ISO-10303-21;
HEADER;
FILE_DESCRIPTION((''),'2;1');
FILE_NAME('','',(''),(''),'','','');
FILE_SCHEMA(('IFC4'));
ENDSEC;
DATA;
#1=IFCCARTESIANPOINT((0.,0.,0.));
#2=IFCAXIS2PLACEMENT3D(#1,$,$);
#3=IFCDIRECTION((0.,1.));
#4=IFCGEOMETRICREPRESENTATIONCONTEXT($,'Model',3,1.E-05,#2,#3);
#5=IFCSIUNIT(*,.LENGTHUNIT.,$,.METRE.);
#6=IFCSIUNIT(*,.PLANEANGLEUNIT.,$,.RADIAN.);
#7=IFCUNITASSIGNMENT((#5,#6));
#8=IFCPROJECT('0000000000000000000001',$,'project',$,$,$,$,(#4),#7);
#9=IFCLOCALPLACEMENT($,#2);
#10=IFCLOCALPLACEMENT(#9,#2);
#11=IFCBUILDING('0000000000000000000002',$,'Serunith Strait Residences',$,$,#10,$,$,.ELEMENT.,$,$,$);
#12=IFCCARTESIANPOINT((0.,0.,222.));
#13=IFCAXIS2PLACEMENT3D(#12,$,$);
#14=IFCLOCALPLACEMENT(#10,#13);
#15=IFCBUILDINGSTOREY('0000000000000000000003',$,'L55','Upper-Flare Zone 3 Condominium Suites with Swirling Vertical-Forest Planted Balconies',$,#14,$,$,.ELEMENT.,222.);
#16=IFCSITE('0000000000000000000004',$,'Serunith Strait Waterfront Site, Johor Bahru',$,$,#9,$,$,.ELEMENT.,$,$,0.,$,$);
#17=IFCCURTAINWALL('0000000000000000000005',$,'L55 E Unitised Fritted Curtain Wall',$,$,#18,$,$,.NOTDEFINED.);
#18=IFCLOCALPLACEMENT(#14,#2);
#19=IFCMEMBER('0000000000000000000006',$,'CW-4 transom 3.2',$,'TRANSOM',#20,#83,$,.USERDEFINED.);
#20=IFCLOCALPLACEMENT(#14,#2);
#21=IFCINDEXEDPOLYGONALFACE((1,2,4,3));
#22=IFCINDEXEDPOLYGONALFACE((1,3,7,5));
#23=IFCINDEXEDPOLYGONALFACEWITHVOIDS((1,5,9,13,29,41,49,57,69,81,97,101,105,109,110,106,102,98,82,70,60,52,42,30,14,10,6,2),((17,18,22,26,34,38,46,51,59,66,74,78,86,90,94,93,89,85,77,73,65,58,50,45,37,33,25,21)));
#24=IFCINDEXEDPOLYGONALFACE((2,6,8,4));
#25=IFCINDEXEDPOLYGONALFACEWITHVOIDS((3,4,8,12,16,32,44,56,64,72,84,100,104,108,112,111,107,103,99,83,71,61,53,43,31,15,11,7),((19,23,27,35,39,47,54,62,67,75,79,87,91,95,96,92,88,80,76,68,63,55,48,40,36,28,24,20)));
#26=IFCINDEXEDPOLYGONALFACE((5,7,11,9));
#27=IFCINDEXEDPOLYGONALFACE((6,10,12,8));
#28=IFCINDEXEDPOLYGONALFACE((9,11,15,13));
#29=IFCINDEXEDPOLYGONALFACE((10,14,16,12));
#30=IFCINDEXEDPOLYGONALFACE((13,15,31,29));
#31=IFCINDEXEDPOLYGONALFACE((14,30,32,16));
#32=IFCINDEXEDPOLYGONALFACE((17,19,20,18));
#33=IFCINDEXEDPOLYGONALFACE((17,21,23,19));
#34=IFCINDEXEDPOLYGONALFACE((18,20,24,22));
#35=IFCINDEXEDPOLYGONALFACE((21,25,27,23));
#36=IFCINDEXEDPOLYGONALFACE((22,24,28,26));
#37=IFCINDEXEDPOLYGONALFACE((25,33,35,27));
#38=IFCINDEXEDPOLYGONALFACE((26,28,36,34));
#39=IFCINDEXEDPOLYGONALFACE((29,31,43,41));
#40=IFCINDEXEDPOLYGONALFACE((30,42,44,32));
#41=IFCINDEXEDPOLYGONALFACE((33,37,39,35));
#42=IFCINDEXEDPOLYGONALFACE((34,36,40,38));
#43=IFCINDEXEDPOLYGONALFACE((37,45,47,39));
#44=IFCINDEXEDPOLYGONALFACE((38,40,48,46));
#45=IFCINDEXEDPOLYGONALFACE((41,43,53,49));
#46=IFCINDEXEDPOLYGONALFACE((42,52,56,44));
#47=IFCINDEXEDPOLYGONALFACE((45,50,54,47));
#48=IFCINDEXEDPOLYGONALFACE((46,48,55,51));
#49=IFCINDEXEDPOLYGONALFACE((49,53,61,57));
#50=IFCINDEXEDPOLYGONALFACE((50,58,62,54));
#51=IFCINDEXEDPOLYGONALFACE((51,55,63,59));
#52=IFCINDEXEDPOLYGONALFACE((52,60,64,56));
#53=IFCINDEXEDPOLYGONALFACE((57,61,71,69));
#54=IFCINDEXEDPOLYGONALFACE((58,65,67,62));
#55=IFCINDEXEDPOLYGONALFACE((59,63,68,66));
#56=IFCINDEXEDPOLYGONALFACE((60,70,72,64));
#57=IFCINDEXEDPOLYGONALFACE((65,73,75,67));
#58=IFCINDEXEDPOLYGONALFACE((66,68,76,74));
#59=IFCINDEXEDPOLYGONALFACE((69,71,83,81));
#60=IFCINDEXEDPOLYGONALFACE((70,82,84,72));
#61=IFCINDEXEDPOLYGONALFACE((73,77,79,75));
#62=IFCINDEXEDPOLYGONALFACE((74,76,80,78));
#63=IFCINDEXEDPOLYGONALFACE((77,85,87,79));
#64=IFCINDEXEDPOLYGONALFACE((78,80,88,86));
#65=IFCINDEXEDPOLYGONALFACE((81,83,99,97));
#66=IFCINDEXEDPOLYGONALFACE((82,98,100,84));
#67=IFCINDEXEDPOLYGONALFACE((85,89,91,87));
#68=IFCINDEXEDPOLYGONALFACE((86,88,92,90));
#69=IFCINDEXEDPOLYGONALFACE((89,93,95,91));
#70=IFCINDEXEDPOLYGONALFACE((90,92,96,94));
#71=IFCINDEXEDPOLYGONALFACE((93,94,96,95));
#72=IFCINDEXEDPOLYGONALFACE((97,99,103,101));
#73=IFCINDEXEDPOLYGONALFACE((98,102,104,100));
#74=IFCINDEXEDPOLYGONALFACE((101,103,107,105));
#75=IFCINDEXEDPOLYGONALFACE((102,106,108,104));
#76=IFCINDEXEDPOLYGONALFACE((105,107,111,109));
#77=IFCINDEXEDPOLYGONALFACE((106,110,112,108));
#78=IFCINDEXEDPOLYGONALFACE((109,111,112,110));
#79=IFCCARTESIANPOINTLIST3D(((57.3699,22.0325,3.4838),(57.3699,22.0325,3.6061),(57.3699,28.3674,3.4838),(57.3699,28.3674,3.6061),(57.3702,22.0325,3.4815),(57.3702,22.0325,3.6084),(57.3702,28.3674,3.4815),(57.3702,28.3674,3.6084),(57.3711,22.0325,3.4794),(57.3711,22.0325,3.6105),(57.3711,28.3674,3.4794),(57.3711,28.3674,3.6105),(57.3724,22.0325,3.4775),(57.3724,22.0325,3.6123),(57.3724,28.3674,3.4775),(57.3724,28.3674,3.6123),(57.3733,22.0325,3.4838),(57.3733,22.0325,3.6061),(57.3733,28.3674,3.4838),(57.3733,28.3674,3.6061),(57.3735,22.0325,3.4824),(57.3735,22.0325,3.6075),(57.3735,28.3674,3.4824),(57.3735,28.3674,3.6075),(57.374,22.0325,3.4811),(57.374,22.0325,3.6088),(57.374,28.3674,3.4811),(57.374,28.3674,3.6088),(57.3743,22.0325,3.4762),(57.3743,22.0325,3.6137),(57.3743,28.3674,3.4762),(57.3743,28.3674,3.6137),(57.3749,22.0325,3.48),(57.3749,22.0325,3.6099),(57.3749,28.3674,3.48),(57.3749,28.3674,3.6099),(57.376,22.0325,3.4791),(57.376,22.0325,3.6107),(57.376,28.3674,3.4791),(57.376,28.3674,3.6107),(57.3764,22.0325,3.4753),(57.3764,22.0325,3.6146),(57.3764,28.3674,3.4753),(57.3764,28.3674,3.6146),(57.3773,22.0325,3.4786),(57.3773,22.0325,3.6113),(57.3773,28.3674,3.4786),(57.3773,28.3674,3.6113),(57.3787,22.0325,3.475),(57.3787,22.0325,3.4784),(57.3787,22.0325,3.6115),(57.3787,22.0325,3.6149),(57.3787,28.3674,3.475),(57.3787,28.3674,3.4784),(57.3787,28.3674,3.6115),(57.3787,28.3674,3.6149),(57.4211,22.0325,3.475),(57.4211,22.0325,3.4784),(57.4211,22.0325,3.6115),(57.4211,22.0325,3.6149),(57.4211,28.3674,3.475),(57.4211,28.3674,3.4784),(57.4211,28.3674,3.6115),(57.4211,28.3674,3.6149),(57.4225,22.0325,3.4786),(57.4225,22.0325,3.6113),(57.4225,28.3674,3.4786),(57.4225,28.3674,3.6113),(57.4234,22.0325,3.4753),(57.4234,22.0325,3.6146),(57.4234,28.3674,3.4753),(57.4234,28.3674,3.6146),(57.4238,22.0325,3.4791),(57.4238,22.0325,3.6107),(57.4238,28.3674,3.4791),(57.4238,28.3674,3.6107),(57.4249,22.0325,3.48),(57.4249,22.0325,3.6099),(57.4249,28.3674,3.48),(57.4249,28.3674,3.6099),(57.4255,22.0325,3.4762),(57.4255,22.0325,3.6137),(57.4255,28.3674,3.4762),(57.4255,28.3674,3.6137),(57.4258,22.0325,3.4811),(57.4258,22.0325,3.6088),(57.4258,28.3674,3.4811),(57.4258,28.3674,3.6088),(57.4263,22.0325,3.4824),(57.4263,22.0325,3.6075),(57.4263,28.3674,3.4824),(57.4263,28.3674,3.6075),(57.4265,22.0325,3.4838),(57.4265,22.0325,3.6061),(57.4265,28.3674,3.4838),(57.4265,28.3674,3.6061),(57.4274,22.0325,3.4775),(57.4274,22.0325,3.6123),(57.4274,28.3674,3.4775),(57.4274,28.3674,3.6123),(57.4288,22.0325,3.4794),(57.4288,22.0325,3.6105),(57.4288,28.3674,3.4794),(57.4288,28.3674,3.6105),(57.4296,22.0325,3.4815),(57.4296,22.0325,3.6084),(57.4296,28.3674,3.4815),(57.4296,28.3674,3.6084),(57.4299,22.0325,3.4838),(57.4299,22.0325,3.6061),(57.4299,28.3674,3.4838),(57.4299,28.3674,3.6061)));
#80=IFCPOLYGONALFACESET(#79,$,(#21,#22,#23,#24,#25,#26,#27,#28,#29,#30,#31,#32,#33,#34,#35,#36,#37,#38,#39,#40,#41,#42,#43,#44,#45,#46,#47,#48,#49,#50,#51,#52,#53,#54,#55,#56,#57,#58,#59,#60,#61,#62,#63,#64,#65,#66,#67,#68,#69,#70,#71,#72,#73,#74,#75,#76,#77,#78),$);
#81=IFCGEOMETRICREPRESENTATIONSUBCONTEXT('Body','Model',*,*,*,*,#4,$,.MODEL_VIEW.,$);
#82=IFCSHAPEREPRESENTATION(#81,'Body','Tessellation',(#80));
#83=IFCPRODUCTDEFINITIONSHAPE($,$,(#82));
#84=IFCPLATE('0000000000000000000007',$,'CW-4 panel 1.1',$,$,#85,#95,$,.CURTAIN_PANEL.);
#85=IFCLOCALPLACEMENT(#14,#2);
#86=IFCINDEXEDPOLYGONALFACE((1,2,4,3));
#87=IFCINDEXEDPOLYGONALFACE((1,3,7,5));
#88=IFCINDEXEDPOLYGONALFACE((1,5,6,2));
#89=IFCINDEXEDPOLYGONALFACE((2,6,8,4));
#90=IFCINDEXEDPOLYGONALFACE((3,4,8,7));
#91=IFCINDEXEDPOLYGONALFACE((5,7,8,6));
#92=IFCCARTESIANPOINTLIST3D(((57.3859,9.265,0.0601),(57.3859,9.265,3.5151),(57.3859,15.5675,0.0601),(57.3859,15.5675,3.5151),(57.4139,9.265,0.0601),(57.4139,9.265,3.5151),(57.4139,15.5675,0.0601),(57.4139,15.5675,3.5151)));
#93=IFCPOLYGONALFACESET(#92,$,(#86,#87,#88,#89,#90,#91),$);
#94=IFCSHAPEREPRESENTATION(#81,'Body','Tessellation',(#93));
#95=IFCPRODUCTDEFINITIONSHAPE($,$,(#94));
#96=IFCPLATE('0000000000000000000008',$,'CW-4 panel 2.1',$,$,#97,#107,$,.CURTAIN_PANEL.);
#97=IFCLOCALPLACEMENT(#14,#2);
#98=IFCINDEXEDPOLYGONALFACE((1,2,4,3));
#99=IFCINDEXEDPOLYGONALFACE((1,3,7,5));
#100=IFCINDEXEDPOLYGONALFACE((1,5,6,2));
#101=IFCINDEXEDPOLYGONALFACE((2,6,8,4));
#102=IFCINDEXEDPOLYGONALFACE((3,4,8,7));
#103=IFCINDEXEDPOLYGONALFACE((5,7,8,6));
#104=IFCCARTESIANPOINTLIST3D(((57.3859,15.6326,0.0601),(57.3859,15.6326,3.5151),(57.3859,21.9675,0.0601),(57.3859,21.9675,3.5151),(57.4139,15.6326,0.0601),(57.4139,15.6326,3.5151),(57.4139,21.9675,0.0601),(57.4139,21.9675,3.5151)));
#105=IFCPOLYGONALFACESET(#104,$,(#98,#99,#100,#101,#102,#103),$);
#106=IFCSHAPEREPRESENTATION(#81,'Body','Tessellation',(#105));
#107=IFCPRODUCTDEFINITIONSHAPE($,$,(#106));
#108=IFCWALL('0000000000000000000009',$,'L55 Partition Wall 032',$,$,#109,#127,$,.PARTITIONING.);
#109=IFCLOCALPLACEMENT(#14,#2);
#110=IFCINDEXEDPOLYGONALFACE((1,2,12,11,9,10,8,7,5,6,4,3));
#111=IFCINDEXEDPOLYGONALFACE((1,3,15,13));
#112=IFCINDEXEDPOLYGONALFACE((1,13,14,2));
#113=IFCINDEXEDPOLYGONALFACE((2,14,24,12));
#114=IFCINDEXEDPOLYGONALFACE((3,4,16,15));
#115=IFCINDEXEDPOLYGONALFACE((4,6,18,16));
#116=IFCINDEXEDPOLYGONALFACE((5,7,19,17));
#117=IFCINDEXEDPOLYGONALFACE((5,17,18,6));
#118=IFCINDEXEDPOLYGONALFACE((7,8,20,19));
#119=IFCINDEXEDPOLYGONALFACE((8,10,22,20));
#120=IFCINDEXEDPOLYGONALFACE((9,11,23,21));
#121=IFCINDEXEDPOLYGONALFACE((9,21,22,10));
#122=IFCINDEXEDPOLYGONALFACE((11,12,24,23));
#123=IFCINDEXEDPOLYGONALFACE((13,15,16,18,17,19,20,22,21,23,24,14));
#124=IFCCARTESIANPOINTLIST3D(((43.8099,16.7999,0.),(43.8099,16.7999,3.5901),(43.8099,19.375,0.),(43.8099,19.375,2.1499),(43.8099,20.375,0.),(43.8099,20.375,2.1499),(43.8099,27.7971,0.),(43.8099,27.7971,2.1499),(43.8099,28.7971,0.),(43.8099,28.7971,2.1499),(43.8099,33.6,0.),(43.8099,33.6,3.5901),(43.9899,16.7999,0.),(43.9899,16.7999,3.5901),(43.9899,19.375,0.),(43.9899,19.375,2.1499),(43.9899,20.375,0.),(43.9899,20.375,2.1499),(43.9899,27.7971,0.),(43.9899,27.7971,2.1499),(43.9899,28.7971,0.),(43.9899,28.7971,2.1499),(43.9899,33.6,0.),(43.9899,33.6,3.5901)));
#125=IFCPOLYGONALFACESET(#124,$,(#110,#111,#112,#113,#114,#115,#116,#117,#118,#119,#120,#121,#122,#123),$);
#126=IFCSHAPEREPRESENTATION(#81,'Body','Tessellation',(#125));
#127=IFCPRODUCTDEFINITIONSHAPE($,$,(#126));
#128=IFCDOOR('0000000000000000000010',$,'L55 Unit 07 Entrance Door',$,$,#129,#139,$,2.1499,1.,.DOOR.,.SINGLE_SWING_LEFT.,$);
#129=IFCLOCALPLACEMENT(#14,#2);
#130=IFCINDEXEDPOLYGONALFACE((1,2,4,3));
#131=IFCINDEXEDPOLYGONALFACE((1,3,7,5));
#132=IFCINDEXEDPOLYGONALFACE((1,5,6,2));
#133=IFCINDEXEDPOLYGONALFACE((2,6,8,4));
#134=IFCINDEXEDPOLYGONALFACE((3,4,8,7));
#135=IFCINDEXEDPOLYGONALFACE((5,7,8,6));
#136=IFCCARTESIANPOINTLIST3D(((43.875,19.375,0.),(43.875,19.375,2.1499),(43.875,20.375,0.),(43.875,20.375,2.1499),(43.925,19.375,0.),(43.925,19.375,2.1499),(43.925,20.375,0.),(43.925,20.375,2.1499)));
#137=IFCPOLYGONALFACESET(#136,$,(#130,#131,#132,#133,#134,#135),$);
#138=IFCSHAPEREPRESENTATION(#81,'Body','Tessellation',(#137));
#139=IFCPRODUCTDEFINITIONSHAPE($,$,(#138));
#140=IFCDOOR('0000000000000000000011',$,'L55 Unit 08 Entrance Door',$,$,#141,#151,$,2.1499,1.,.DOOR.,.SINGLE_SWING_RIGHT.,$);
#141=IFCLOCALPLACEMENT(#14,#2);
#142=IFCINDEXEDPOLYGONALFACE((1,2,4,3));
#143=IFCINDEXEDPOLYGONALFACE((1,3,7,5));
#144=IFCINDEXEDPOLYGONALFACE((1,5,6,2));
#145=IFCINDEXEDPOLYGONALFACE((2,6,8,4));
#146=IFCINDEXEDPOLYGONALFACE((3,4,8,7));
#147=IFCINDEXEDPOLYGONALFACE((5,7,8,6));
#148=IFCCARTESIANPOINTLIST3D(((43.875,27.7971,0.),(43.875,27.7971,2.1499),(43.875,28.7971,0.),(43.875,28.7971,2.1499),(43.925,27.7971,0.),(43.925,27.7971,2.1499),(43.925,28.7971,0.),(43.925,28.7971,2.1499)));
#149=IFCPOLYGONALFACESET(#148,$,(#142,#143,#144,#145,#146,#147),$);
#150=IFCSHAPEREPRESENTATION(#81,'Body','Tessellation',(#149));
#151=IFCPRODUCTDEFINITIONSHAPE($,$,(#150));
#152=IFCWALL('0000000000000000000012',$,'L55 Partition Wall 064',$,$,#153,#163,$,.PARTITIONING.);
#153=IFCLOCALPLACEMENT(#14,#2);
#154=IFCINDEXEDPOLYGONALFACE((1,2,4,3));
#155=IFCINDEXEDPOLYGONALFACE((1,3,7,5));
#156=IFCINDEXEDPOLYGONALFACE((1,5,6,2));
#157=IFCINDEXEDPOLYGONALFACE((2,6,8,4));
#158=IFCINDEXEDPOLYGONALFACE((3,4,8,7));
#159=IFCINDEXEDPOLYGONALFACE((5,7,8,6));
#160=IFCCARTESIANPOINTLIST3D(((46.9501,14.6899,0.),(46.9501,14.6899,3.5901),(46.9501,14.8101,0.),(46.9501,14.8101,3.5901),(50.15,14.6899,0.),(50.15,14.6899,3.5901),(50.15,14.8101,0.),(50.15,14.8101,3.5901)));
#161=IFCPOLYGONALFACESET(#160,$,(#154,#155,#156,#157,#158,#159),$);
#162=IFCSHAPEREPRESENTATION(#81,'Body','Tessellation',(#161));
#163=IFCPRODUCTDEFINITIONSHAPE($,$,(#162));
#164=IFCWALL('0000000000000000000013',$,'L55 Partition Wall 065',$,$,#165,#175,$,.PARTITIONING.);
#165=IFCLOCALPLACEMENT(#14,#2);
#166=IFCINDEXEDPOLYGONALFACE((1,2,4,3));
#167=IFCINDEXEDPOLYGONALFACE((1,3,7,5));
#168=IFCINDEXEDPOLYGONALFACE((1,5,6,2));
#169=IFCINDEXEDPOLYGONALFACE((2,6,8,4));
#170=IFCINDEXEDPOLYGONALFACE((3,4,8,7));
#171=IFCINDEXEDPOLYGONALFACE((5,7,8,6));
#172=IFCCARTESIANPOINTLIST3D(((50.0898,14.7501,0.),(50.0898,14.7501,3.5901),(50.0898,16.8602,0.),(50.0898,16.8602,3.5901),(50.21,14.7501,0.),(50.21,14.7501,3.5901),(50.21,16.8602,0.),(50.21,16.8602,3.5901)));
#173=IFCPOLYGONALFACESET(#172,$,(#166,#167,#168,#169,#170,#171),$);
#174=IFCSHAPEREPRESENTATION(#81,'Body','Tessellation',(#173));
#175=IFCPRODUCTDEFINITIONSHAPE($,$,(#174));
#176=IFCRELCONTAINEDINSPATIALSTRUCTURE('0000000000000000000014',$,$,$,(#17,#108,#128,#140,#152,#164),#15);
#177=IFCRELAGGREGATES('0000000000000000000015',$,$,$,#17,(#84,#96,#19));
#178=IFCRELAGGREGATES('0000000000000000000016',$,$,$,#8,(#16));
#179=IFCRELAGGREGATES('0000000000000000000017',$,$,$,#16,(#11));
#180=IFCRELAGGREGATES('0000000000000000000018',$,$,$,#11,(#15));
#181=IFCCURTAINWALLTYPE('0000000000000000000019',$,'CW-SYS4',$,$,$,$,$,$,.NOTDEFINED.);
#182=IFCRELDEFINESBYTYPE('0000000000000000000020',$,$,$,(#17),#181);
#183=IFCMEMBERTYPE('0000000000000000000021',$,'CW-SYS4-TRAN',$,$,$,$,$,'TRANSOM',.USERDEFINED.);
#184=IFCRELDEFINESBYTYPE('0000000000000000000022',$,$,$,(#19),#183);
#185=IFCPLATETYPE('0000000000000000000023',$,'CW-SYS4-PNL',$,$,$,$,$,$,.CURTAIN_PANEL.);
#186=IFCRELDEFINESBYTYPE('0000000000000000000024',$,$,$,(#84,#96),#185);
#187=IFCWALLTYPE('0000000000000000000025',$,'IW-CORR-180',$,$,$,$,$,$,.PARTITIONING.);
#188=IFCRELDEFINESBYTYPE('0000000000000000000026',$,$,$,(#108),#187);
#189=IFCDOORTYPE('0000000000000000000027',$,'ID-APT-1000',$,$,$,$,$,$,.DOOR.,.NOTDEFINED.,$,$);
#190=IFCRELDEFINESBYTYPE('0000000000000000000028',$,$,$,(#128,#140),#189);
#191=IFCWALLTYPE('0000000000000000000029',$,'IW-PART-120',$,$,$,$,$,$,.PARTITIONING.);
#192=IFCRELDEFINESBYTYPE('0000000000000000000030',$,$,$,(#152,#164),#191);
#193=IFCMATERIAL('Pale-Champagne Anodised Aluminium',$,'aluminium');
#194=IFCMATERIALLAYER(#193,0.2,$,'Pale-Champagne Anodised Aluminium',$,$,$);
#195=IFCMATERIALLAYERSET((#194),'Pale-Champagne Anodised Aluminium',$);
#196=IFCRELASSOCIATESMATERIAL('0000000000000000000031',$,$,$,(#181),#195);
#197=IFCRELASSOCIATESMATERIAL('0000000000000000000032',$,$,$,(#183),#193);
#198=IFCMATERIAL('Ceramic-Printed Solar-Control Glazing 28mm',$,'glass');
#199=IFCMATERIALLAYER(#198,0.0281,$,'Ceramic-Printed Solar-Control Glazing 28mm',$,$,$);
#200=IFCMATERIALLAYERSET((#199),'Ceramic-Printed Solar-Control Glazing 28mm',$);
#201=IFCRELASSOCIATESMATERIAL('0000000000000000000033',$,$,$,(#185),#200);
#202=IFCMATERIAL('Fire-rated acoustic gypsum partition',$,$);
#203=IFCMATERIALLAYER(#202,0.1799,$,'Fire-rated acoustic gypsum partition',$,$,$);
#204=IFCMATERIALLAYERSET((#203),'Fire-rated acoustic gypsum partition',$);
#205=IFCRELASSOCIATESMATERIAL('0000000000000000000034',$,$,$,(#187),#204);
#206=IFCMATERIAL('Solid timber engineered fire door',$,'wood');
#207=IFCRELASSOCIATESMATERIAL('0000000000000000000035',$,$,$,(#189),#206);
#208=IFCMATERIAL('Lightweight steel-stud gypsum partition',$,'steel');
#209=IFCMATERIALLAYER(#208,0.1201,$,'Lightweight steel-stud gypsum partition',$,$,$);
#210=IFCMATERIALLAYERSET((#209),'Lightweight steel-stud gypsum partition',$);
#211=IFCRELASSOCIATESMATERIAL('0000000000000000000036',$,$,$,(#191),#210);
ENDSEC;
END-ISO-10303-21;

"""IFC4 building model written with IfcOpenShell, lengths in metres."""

from ifc_helpers import new_model, si_unit, direction, frame, frame_2d, origin, origin_2d, place, context, subcontext, project, spatial, rectangle, hollow_rectangle, extrude, source, transform, mapped, material, layer, layer_set, material_profile, profile_set, type_object, element, fill, aggregate, save


model = new_model("IFC4")

# Units and contexts
model_context = context("Model", 3, precision=1e-05, world=origin(), true_north=direction((0.0, 1.0)))
body_context = subcontext(model_context, "Body", "Model", "MODEL_VIEW")
ifc_project = project(units=[si_unit("LENGTHUNIT", "METRE"), si_unit("PLANEANGLEUNIT", "RADIAN")], contexts=[model_context])

# Site, building, storey
site_placement = place(None, origin())
site = spatial("IfcSite", under=ifc_project, at=site_placement, Name="Serunith Strait Waterfront Site, Johor Bahru", CompositionType="ELEMENT", RefElevation=0.0)
building_placement = place(site_placement, origin())
building = spatial("IfcBuilding", under=site, at=building_placement, Name="Serunith Strait Residences", CompositionType="ELEMENT")
storey_placement = place(building_placement, frame((0.0, 0.0, 222.0)))
storey = spatial("IfcBuildingStorey", under=building, at=storey_placement, Name="L55", Description="Upper-Flare Zone 3 Condominium Suites with Swirling Vertical-Forest Planted Balconies", CompositionType="ELEMENT", Elevation=222.0)

# Curtain wall, member, plates
ifc_material_1 = material(Name="Pale-Champagne Anodised Aluminium", Category="aluminium")
ifc_layer_1 = layer(ifc_material_1, 0.2, Name="Pale-Champagne Anodised Aluminium")
ifc_layer_set_1 = layer_set([ifc_layer_1], Name="Pale-Champagne Anodised Aluminium")
curtain_wall_type = type_object("IfcCurtainWallType", Name="CW-SYS4", PredefinedType="NOTDEFINED", material=ifc_layer_set_1)
curtain_wall_placement = place(storey_placement, origin())
curtain_wall = element("IfcCurtainWall", 1, at=curtain_wall_placement, inside=storey, type_object=curtain_wall_type, Name="L55 E Unitised Fritted Curtain Wall", PredefinedType="NOTDEFINED")
ifc_material_profile_1 = material_profile(ifc_material_1, hollow_rectangle(XDim=0.0601, YDim=0.1399, WallThickness=0.0034, InnerFilletRadius=0.0054, OuterFilletRadius=0.0088, at=origin_2d()), Name="ALU 140x60x3.5")
ifc_profile_set_1 = profile_set([ifc_material_profile_1], Name="Pale-Champagne Anodised Aluminium")
member_type_1 = type_object("IfcMemberType", Name="CW-SYS4-TRAN", ElementType="TRANSOM", PredefinedType="USERDEFINED", material=ifc_profile_set_1)
shared_shape_1 = source(origin(), body_context, "Body", "SweptSolid", [
    extrude(hollow_rectangle(XDim=0.0601, YDim=0.1399, WallThickness=0.0034, InnerFilletRadius=0.0054, OuterFilletRadius=0.0088, at=origin_2d()), origin(), (0.0, 0.0, 1.0), 6.335),
])
member_1_placement = place(storey_placement, frame((57.3999, 22.0325, 3.5449), z_axis=(0.0, 1.0, 0.0), x_axis=(-1.0, 0.0, 0.0)))
member_1 = element("IfcMember", 2, at=member_1_placement, type_object=member_type_1, Name="CW-4 transom 3.2", ObjectType="TRANSOM", PredefinedType="USERDEFINED", context=body_context, shape_type="MappedRepresentation", body=[
    mapped(shared_shape_1, transform((0.0, 0.0, 0.0), scale=1.0)),
])
ifc_material_2 = material(Name="Ceramic-Printed Solar-Control Glazing 28mm", Category="glass")
ifc_layer_2 = layer(ifc_material_2, 0.0281, Name="Ceramic-Printed Solar-Control Glazing 28mm")
ifc_layer_set_2 = layer_set([ifc_layer_2], Name="Ceramic-Printed Solar-Control Glazing 28mm")
plate_type = type_object("IfcPlateType", Name="CW-SYS4-PNL", PredefinedType="CURTAIN_PANEL", material=ifc_layer_set_2)
shared_shape_2 = source(origin(), body_context, "Body", "SweptSolid", [
    extrude(rectangle(XDim=6.3025, YDim=0.0281, at=origin_2d()), origin(), (0.0, 0.0, 1.0), 3.4551),
])
plate_1_placement = place(storey_placement, frame((57.3999, 12.4163, 0.0601), z_axis=(0.0, 0.0, 1.0), x_axis=(0.0, 1.0, 0.0)))
plate_1 = element("IfcPlate", 3, at=plate_1_placement, type_object=plate_type, Name="CW-4 panel 1.1", PredefinedType="CURTAIN_PANEL", context=body_context, shape_type="MappedRepresentation", body=[
    mapped(shared_shape_2, transform((0.0, 0.0, 0.0), scale=1.0)),
])
shared_shape_3 = source(origin(), body_context, "Body", "SweptSolid", [
    extrude(rectangle(XDim=6.335, YDim=0.0281, at=origin_2d()), origin(), (0.0, 0.0, 1.0), 3.4551),
])
plate_2_placement = place(storey_placement, frame((57.3999, 18.8, 0.0601), z_axis=(0.0, 0.0, 1.0), x_axis=(0.0, 1.0, 0.0)))
plate_2 = element("IfcPlate", 4, at=plate_2_placement, type_object=plate_type, Name="CW-4 panel 2.1", PredefinedType="CURTAIN_PANEL", context=body_context, shape_type="MappedRepresentation", body=[
    mapped(shared_shape_3, transform((0.0, 0.0, 0.0), scale=1.0)),
])
aggregate(curtain_wall, [plate_1, plate_2, member_1])

# Wall, openings, doors
ifc_material_3 = material(Name="Fire-rated acoustic gypsum partition")
ifc_layer_3 = layer(ifc_material_3, 0.1799, Name="Fire-rated acoustic gypsum partition")
ifc_layer_set_3 = layer_set([ifc_layer_3], Name="Fire-rated acoustic gypsum partition")
wall_type_1 = type_object("IfcWallType", Name="IW-CORR-180", PredefinedType="PARTITIONING", material=ifc_layer_set_3)
wall_1_placement = place(storey_placement, frame((43.8999, 16.8, 0.0), z_axis=(0.0, 0.0, 1.0), x_axis=(0.0, 1.0, 0.0)))
wall_1 = element("IfcWall", 5, at=wall_1_placement, inside=storey, type_object=wall_type_1, Name="L55 Partition Wall 032", PredefinedType="PARTITIONING", context=body_context, shape_type="SweptSolid", body=[
    extrude(rectangle(XDim=16.8, YDim=0.1799, at=frame_2d((8.3999, 0.0))), origin(), (0.0, 0.0, 1.0), 3.5901),
])
opening_1_placement = place(wall_1_placement, frame((2.575, 0.0, 0.0)))
opening_1 = element("IfcOpeningElement", 6, at=opening_1_placement, cuts=wall_1, PredefinedType="OPENING", context=body_context, shape_type="SweptSolid", body=[
    extrude(rectangle(XDim=1.0, YDim=2.1499, at=frame_2d((0.5, 1.075))), frame((0.0, 0.1001, 0.0), z_axis=(0.0, -1.0, 0.0), x_axis=(1.0, 0.0, 0.0)), (0.0, 0.0, 1.0), 0.2),
])
opening_2_placement = place(wall_1_placement, frame((10.9971, 0.0, 0.0)))
opening_2 = element("IfcOpeningElement", 7, at=opening_2_placement, cuts=wall_1, PredefinedType="OPENING", context=body_context, shape_type="SweptSolid", body=[
    extrude(rectangle(XDim=1.0, YDim=2.1499, at=frame_2d((0.5, 1.075))), frame((0.0, 0.1001, 0.0), z_axis=(0.0, -1.0, 0.0), x_axis=(1.0, 0.0, 0.0)), (0.0, 0.0, 1.0), 0.2),
])
ifc_material_4 = material(Name="Solid timber engineered fire door", Category="wood")
door_type_1 = type_object("IfcDoorType", Name="ID-APT-1000", OperationType="NOTDEFINED", PredefinedType="DOOR", material=ifc_material_4)
shared_shape_4 = source(origin(), body_context, "Body", "SweptSolid", [
    extrude(rectangle(XDim=1.0, YDim=2.1499, at=frame_2d((0.5, 1.075))), frame((0.0, 0.0249, 0.0), z_axis=(0.0, -1.0, 0.0), x_axis=(1.0, 0.0, 0.0)), (0.0, 0.0, 1.0), 0.05),
])
door_1_placement = place(opening_1_placement, origin())
door_1 = element("IfcDoor", 8, at=door_1_placement, inside=storey, type_object=door_type_1, Name="L55 Unit 07 Entrance Door", OperationType="SINGLE_SWING_LEFT", OverallHeight=2.1499, OverallWidth=1.0, PredefinedType="DOOR", context=body_context, shape_type="MappedRepresentation", body=[
    mapped(shared_shape_4, transform((0.0, 0.0, 0.0), scale=1.0)),
])
fill(opening_1, door_1)
door_2_placement = place(opening_2_placement, origin())
door_2 = element("IfcDoor", 9, at=door_2_placement, inside=storey, type_object=door_type_1, Name="L55 Unit 08 Entrance Door", OperationType="SINGLE_SWING_RIGHT", OverallHeight=2.1499, OverallWidth=1.0, PredefinedType="DOOR", context=body_context, shape_type="MappedRepresentation", body=[
    mapped(shared_shape_4, transform((0.0, 0.0, 0.0), scale=1.0)),
])
fill(opening_2, door_2)

# Walls
ifc_material_5 = material(Name="Lightweight steel-stud gypsum partition", Category="steel")
ifc_layer_4 = layer(ifc_material_5, 0.1201, Name="Lightweight steel-stud gypsum partition")
ifc_layer_set_4 = layer_set([ifc_layer_4], Name="Lightweight steel-stud gypsum partition")
wall_type_2 = type_object("IfcWallType", Name="IW-PART-120", PredefinedType="PARTITIONING", material=ifc_layer_set_4)
wall_2_placement = place(storey_placement, frame((46.95, 14.75, 0.0), z_axis=(0.0, 0.0, 1.0), x_axis=(1.0, 0.0, 0.0)))
element("IfcWall", 10, at=wall_2_placement, inside=storey, type_object=wall_type_2, Name="L55 Partition Wall 064", PredefinedType="PARTITIONING", context=body_context, shape_type="SweptSolid", body=[
    extrude(rectangle(XDim=3.2, YDim=0.1201, at=frame_2d((1.6001, 0.0))), origin(), (0.0, 0.0, 1.0), 3.5901),
])
wall_3_placement = place(storey_placement, frame((50.1499, 14.75, 0.0), z_axis=(0.0, 0.0, 1.0), x_axis=(0.0, 1.0, 0.0)))
element("IfcWall", 11, at=wall_3_placement, inside=storey, type_object=wall_type_2, Name="L55 Partition Wall 065", PredefinedType="PARTITIONING", context=body_context, shape_type="SweptSolid", body=[
    extrude(rectangle(XDim=2.1101, YDim=0.1201, at=frame_2d((1.0552, 0.0))), origin(), (0.0, 0.0, 1.0), 3.5901),
])

save(model, "model.ifc")
